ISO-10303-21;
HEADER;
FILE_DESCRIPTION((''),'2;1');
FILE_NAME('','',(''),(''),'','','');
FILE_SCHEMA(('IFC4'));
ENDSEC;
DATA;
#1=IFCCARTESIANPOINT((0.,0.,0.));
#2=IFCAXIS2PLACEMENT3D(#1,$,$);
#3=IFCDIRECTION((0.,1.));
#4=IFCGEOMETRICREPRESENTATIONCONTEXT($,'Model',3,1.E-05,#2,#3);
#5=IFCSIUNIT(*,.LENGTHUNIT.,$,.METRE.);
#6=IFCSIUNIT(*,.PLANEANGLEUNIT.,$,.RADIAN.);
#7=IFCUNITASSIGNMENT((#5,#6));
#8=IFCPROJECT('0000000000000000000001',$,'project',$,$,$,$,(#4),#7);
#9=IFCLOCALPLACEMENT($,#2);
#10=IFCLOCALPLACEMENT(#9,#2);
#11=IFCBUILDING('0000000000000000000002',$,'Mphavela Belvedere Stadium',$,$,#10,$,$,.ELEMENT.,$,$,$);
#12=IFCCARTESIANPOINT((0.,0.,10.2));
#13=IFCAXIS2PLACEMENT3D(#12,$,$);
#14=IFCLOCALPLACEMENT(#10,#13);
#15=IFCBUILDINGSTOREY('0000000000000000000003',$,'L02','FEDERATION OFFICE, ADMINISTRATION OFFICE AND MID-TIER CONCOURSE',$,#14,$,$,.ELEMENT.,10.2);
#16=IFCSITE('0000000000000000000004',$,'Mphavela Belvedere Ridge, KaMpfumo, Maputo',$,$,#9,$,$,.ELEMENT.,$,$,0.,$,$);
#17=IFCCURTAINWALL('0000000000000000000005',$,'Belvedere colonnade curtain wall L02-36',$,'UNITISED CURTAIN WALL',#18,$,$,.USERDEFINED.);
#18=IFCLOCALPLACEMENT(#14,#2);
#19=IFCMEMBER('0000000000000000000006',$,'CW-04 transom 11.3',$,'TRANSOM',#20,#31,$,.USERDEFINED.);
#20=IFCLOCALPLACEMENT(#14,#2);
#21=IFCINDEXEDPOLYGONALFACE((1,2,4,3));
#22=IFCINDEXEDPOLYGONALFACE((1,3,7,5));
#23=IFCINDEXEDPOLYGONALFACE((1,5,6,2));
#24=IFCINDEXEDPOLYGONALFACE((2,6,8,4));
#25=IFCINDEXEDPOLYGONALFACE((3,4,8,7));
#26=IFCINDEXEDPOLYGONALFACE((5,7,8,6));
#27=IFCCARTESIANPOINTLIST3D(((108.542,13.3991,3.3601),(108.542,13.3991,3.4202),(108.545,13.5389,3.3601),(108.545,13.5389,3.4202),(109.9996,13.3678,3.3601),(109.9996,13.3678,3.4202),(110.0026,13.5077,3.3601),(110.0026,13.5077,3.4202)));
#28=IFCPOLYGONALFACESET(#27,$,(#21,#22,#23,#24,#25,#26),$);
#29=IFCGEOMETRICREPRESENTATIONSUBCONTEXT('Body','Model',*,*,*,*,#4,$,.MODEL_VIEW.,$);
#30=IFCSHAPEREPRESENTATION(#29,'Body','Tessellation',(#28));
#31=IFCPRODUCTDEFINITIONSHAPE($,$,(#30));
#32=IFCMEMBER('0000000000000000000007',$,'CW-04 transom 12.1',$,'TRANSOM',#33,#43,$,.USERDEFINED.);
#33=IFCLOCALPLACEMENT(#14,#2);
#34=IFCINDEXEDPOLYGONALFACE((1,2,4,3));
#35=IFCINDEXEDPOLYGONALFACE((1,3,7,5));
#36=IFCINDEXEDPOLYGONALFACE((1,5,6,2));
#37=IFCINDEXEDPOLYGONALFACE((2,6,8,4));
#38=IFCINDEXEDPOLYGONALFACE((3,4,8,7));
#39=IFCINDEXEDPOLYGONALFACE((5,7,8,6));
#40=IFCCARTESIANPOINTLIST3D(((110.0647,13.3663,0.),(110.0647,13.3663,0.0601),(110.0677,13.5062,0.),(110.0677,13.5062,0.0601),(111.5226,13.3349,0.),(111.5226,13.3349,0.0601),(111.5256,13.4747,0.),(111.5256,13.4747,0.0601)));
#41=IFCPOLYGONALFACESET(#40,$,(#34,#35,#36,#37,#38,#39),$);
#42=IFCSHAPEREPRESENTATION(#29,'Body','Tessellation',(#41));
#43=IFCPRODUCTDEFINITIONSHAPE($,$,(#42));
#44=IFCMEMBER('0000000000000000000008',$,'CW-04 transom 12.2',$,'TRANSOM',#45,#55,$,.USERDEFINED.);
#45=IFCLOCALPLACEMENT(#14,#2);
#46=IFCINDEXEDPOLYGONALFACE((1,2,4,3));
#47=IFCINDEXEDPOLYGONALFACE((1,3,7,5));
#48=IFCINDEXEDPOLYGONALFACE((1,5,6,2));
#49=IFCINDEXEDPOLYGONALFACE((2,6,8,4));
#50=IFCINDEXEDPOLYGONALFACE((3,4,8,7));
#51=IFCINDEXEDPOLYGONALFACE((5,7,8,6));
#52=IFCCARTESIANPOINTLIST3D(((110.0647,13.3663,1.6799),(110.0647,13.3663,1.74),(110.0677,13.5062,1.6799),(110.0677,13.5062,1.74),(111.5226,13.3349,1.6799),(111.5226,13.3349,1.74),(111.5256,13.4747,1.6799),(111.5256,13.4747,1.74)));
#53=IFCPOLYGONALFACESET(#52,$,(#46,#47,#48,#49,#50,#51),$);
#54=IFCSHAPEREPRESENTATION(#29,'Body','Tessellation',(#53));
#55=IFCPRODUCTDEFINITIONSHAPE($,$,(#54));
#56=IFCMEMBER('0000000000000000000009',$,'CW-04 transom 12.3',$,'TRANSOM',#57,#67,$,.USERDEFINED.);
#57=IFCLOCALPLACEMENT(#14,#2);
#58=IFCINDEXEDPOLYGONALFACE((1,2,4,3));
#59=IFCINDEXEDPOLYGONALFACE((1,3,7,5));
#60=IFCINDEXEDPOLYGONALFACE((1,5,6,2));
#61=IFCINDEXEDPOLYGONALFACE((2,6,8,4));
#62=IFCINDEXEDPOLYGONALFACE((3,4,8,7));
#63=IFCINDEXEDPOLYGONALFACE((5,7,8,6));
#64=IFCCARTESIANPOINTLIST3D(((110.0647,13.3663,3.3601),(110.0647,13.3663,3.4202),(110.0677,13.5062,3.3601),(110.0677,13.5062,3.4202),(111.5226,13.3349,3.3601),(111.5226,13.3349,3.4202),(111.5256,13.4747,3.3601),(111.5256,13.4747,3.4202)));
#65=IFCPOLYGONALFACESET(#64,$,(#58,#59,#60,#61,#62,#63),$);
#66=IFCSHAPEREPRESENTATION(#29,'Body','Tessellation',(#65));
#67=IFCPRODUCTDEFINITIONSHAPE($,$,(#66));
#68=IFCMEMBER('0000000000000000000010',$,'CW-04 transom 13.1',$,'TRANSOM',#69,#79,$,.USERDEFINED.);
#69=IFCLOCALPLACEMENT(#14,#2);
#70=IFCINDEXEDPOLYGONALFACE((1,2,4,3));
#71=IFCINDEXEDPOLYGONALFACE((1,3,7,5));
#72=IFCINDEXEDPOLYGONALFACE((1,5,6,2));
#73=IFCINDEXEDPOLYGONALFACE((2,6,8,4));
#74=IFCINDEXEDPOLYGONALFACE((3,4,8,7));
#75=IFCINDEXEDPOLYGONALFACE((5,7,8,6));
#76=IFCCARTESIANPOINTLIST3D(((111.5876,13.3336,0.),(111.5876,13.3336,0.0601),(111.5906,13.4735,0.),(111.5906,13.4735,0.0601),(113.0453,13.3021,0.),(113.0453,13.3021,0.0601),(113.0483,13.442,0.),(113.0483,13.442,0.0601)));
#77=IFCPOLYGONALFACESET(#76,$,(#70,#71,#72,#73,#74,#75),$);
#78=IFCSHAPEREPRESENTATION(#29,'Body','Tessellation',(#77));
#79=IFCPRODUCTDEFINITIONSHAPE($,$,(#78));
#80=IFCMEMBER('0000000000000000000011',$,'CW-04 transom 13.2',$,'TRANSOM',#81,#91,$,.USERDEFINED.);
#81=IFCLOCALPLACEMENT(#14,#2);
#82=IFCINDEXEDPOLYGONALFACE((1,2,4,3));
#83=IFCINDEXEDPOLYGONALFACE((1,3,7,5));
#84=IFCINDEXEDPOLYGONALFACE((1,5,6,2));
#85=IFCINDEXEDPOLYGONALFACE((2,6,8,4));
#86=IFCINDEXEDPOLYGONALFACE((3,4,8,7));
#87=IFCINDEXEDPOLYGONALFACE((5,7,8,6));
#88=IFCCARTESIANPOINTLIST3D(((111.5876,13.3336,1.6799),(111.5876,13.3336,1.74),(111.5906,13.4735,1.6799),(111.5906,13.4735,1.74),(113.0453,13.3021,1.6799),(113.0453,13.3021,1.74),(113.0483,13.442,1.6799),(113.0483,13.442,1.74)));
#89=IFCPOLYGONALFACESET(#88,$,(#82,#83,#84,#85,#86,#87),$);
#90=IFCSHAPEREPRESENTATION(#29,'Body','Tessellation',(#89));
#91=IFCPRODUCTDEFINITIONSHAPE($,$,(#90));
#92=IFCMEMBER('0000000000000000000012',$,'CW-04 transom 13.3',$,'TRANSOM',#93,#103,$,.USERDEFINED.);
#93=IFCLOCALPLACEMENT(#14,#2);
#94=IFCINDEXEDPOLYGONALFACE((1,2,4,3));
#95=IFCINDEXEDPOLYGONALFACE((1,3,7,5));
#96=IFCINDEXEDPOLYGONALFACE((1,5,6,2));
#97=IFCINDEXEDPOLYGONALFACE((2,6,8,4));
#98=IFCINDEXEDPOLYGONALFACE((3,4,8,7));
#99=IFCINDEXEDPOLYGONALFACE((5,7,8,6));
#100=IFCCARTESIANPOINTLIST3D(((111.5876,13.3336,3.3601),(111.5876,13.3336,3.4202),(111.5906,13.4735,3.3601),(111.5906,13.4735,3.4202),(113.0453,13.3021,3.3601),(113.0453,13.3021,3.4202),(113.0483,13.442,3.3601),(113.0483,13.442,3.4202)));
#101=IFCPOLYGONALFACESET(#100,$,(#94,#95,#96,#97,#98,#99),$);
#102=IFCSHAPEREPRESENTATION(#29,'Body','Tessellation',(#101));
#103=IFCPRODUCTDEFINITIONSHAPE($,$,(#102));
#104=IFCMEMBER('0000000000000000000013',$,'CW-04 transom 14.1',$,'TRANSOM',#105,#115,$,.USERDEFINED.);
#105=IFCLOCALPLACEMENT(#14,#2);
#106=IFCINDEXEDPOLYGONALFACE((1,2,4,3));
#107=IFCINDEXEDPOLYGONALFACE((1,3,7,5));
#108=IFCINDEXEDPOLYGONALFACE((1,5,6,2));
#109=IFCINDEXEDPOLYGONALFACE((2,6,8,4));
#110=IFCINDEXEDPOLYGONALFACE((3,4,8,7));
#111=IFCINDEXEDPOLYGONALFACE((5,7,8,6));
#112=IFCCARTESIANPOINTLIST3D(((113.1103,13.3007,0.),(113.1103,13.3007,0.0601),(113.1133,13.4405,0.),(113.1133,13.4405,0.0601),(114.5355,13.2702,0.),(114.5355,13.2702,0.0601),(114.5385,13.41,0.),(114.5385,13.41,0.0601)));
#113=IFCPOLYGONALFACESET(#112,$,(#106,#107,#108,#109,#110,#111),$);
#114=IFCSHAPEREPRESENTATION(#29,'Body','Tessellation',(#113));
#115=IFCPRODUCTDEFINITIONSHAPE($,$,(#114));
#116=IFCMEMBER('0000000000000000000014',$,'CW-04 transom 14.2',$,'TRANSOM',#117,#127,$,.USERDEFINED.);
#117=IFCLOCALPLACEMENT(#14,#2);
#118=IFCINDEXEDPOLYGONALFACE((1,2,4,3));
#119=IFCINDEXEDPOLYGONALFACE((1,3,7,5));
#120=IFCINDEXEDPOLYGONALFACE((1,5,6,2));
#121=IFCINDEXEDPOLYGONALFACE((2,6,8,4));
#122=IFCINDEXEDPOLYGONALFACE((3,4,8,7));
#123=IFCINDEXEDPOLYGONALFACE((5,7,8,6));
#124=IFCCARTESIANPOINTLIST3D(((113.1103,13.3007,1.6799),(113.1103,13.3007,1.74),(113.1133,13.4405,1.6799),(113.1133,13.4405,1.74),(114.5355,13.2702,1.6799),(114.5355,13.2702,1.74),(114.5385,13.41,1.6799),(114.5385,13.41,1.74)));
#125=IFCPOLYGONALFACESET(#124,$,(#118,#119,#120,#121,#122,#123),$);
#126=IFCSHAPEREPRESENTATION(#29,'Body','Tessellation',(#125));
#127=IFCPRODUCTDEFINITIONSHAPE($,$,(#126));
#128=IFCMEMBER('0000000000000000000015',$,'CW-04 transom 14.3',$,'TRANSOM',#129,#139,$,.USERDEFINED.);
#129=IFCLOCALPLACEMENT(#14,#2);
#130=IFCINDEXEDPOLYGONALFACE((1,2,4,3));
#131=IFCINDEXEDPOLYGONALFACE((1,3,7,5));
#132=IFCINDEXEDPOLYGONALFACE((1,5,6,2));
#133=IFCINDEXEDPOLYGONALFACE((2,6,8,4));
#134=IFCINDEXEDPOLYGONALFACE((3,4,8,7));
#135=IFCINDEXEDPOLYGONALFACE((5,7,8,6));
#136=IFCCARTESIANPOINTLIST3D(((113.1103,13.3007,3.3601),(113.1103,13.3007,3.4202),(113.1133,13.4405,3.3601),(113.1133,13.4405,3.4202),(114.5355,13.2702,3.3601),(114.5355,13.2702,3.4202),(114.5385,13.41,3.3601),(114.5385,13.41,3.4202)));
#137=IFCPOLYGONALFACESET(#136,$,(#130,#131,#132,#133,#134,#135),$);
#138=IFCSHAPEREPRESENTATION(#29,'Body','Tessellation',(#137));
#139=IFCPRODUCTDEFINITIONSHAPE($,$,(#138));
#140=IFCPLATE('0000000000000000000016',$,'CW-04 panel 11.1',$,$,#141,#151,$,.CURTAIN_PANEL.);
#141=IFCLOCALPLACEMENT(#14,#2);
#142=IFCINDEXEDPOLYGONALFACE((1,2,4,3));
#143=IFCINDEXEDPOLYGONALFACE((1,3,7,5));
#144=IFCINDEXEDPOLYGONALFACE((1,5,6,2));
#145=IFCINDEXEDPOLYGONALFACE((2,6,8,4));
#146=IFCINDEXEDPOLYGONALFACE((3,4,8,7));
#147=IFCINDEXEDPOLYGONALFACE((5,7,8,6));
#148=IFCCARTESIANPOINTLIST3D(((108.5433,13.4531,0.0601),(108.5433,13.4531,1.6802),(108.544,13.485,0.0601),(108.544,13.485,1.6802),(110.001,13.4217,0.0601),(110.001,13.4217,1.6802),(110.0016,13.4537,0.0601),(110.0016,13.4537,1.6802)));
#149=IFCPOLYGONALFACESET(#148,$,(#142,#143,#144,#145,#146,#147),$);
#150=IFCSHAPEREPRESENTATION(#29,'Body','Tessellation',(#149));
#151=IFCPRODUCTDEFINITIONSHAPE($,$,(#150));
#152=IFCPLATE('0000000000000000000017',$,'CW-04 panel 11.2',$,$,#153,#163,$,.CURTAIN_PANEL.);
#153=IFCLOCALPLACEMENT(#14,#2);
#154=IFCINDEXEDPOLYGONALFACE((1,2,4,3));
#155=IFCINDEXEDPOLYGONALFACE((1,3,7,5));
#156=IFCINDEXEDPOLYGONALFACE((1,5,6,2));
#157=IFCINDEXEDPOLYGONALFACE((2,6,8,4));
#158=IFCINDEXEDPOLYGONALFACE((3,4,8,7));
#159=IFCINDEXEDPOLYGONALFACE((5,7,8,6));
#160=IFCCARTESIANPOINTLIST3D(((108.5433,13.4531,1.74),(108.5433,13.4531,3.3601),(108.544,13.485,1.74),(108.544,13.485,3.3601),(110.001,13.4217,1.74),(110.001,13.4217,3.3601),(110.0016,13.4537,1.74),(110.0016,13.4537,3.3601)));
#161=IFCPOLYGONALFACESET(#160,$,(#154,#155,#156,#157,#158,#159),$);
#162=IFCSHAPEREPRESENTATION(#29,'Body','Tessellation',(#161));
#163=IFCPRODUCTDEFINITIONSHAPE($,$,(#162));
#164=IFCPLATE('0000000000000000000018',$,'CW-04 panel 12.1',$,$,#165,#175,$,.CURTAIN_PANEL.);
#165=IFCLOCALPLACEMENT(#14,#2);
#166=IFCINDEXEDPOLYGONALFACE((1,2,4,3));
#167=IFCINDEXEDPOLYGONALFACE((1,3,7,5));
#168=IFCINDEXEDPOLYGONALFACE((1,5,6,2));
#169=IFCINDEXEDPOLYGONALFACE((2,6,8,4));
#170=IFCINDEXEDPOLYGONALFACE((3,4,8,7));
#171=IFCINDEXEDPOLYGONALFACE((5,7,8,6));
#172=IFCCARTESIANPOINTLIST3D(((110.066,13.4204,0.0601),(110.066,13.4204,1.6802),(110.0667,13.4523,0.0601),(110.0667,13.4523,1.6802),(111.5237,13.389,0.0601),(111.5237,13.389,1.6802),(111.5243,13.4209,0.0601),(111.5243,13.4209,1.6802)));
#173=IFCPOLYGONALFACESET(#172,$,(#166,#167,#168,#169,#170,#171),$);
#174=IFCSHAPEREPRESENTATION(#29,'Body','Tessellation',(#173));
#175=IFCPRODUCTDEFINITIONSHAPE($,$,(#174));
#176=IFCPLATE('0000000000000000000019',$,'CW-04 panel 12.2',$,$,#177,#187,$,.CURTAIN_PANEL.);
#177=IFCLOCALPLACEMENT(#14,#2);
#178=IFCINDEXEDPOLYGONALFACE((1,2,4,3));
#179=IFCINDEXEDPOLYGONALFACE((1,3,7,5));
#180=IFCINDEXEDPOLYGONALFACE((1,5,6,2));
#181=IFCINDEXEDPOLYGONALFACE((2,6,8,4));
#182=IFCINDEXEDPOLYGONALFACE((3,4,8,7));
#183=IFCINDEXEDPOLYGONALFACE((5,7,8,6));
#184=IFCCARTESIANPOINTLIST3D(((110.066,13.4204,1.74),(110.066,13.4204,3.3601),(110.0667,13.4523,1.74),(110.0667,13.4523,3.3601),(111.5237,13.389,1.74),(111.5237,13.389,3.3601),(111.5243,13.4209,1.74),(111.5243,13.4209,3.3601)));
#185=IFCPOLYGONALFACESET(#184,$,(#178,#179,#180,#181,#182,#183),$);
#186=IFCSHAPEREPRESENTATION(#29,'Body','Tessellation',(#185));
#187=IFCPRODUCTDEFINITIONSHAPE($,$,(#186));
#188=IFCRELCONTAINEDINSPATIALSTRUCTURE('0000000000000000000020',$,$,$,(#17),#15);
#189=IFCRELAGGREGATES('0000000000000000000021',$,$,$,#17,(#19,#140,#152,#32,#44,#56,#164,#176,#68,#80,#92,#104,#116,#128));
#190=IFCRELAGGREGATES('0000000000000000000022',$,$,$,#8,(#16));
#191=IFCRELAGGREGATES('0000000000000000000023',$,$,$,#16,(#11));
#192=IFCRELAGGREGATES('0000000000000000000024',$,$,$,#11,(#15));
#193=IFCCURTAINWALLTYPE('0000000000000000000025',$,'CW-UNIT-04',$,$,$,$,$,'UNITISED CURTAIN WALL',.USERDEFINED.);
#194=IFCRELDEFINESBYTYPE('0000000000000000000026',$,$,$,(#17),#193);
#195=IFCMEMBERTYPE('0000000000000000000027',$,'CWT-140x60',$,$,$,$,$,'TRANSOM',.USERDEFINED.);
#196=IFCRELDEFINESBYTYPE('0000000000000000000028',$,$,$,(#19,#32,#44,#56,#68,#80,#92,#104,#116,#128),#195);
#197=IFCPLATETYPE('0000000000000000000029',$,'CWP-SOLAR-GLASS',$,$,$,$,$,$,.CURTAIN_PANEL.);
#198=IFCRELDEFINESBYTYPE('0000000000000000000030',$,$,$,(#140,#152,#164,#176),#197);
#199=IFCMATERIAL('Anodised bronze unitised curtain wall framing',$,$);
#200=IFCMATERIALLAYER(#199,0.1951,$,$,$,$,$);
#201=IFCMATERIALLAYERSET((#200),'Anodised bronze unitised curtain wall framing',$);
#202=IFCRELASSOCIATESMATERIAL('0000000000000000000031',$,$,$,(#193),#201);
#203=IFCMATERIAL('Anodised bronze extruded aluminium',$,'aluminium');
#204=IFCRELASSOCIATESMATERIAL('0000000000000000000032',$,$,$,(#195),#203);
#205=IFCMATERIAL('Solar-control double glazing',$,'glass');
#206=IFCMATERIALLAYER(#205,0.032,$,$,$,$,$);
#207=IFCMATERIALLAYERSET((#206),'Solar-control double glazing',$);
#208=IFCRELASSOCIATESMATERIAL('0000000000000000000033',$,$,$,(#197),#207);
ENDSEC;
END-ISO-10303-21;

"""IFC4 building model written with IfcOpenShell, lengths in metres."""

from ifc_helpers import new_model, si_unit, direction, frame, origin, origin_2d, place, context, subcontext, project, spatial, rectangle, extrude, material, layer, layer_set, material_profile, profile_set, type_object, element, aggregate, save


model = new_model("IFC4")

# Units and contexts
model_context = context("Model", 3, precision=1e-05, world=origin(), true_north=direction((0.0, 1.0)))
body_context = subcontext(model_context, "Body", "Model", "MODEL_VIEW")
ifc_project = project(units=[si_unit("LENGTHUNIT", "METRE"), si_unit("PLANEANGLEUNIT", "RADIAN")], contexts=[model_context])

# Site, building, storey
site_placement = place(None, origin())
site = spatial("IfcSite", under=ifc_project, at=site_placement, Name="Mphavela Belvedere Ridge, KaMpfumo, Maputo", CompositionType="ELEMENT", RefElevation=0.0)
building_placement = place(site_placement, origin())
building = spatial("IfcBuilding", under=site, at=building_placement, Name="Mphavela Belvedere Stadium", CompositionType="ELEMENT")
storey_placement = place(building_placement, frame((0.0, 0.0, 10.2)))
storey = spatial("IfcBuildingStorey", under=building, at=storey_placement, Name="L02", Description="FEDERATION OFFICE, ADMINISTRATION OFFICE AND MID-TIER CONCOURSE", CompositionType="ELEMENT", Elevation=10.2)

# Curtain wall, members, plates
ifc_material_1 = material(Name="Anodised bronze unitised curtain wall framing")
ifc_layer_1 = layer(ifc_material_1, 0.1951)
ifc_layer_set_1 = layer_set([ifc_layer_1], Name="Anodised bronze unitised curtain wall framing")
curtain_wall_type = type_object("IfcCurtainWallType", Name="CW-UNIT-04", ElementType="UNITISED CURTAIN WALL", PredefinedType="USERDEFINED", material=ifc_layer_set_1)
curtain_wall_placement = place(storey_placement, origin())
curtain_wall = element("IfcCurtainWall", 1, at=curtain_wall_placement, inside=storey, type_object=curtain_wall_type, Name="Belvedere colonnade curtain wall L02-36", ObjectType="UNITISED CURTAIN WALL", PredefinedType="USERDEFINED")
ifc_material_2 = material(Name="Anodised bronze extruded aluminium", Category="aluminium")
ifc_material_profile_1 = material_profile(ifc_material_2, rectangle(XDim=0.1399, YDim=0.0601, at=origin_2d()), Name="CW-TRN 140x60")
ifc_profile_set_1 = profile_set([ifc_material_profile_1], Name="Anodised bronze extruded aluminium")
member_type_1 = type_object("IfcMemberType", Name="CWT-140x60", ElementType="TRANSOM", PredefinedType="USERDEFINED", material=ifc_profile_set_1)
member_1_placement = place(storey_placement, frame((108.5435, 13.469, 3.3901), z_axis=(0.99977, -0.021432, 0.0), x_axis=(0.021432, 0.99977, 0.0)))
member_1 = element("IfcMember", 2, at=member_1_placement, type_object=member_type_1, Name="CW-04 transom 11.3", ObjectType="TRANSOM", PredefinedType="USERDEFINED", context=body_context, shape_type="SweptSolid", body=[
    extrude(rectangle(XDim=0.1399, YDim=0.0601, at=origin_2d()), origin(), (0.0, 0.0, 1.0), 1.458),
])
member_2_placement = place(storey_placement, frame((110.0662, 13.4363, 0.03), z_axis=(0.999767, -0.021596, 0.0), x_axis=(0.021596, 0.999767, 0.0)))
member_2 = element("IfcMember", 3, at=member_2_placement, type_object=member_type_1, Name="CW-04 transom 12.1", ObjectType="TRANSOM", PredefinedType="USERDEFINED", context=body_context, shape_type="SweptSolid", body=[
    extrude(rectangle(XDim=0.1399, YDim=0.0601, at=origin_2d()), origin(), (0.0, 0.0, 1.0), 1.4583),
])
member_3_placement = place(storey_placement, frame((110.0662, 13.4363, 1.71), z_axis=(0.999767, -0.021596, 0.0), x_axis=(0.021596, 0.999767, 0.0)))
member_3 = element("IfcMember", 4, at=member_3_placement, type_object=member_type_1, Name="CW-04 transom 12.2", ObjectType="TRANSOM", PredefinedType="USERDEFINED", context=body_context, shape_type="SweptSolid", body=[
    extrude(rectangle(XDim=0.1399, YDim=0.0601, at=origin_2d()), origin(), (0.0, 0.0, 1.0), 1.4583),
])
member_4_placement = place(storey_placement, frame((110.0662, 13.4363, 3.3901), z_axis=(0.999767, -0.021596, 0.0), x_axis=(0.021596, 0.999767, 0.0)))
member_4 = element("IfcMember", 5, at=member_4_placement, type_object=member_type_1, Name="CW-04 transom 12.3", ObjectType="TRANSOM", PredefinedType="USERDEFINED", context=body_context, shape_type="SweptSolid", body=[
    extrude(rectangle(XDim=0.1399, YDim=0.0601, at=origin_2d()), origin(), (0.0, 0.0, 1.0), 1.4583),
])
member_5_placement = place(storey_placement, frame((111.5891, 13.4036, 0.03), z_axis=(0.999767, -0.021599, 0.0), x_axis=(0.021599, 0.999767, 0.0)))
member_5 = element("IfcMember", 6, at=member_5_placement, type_object=member_type_1, Name="CW-04 transom 13.1", ObjectType="TRANSOM", PredefinedType="USERDEFINED", context=body_context, shape_type="SweptSolid", body=[
    extrude(rectangle(XDim=0.1399, YDim=0.0601, at=origin_2d()), origin(), (0.0, 0.0, 1.0), 1.458),
])
member_6_placement = place(storey_placement, frame((111.5891, 13.4036, 1.71), z_axis=(0.999767, -0.021599, 0.0), x_axis=(0.021599, 0.999767, 0.0)))
member_6 = element("IfcMember", 7, at=member_6_placement, type_object=member_type_1, Name="CW-04 transom 13.2", ObjectType="TRANSOM", PredefinedType="USERDEFINED", context=body_context, shape_type="SweptSolid", body=[
    extrude(rectangle(XDim=0.1399, YDim=0.0601, at=origin_2d()), origin(), (0.0, 0.0, 1.0), 1.458),
])
member_7_placement = place(storey_placement, frame((111.5891, 13.4036, 3.3901), z_axis=(0.999767, -0.021599, 0.0), x_axis=(0.021599, 0.999767, 0.0)))
member_7 = element("IfcMember", 8, at=member_7_placement, type_object=member_type_1, Name="CW-04 transom 13.3", ObjectType="TRANSOM", PredefinedType="USERDEFINED", context=body_context, shape_type="SweptSolid", body=[
    extrude(rectangle(XDim=0.1399, YDim=0.0601, at=origin_2d()), origin(), (0.0, 0.0, 1.0), 1.458),
])
member_8_placement = place(storey_placement, frame((113.1118, 13.3706, 0.03), z_axis=(0.999771, -0.021407, 0.0), x_axis=(0.021407, 0.999771, 0.0)))
member_8 = element("IfcMember", 9, at=member_8_placement, type_object=member_type_1, Name="CW-04 transom 14.1", ObjectType="TRANSOM", PredefinedType="USERDEFINED", context=body_context, shape_type="SweptSolid", body=[
    extrude(rectangle(XDim=0.1399, YDim=0.0601, at=origin_2d()), origin(), (0.0, 0.0, 1.0), 1.4255),
])
member_9_placement = place(storey_placement, frame((113.1118, 13.3706, 1.71), z_axis=(0.999771, -0.021407, 0.0), x_axis=(0.021407, 0.999771, 0.0)))
member_9 = element("IfcMember", 10, at=member_9_placement, type_object=member_type_1, Name="CW-04 transom 14.2", ObjectType="TRANSOM", PredefinedType="USERDEFINED", context=body_context, shape_type="SweptSolid", body=[
    extrude(rectangle(XDim=0.1399, YDim=0.0601, at=origin_2d()), origin(), (0.0, 0.0, 1.0), 1.4255),
])
member_10_placement = place(storey_placement, frame((113.1118, 13.3706, 3.3901), z_axis=(0.999771, -0.021407, 0.0), x_axis=(0.021407, 0.999771, 0.0)))
member_10 = element("IfcMember", 11, at=member_10_placement, type_object=member_type_1, Name="CW-04 transom 14.3", ObjectType="TRANSOM", PredefinedType="USERDEFINED", context=body_context, shape_type="SweptSolid", body=[
    extrude(rectangle(XDim=0.1399, YDim=0.0601, at=origin_2d()), origin(), (0.0, 0.0, 1.0), 1.4255),
])
ifc_material_3 = material(Name="Solar-control double glazing", Category="glass")
ifc_layer_2 = layer(ifc_material_3, 0.032)
ifc_layer_set_2 = layer_set([ifc_layer_2], Name="Solar-control double glazing")
plate_type = type_object("IfcPlateType", Name="CWP-SOLAR-GLASS", PredefinedType="CURTAIN_PANEL", material=ifc_layer_set_2)
plate_1_placement = place(storey_placement, frame((109.2725, 13.4534, 0.0601), z_axis=(0.0, 0.0, 1.0), x_axis=(0.999768, -0.021525, 0.0)))
plate_1 = element("IfcPlate", 12, at=plate_1_placement, type_object=plate_type, Name="CW-04 panel 11.1", PredefinedType="CURTAIN_PANEL", context=body_context, shape_type="SweptSolid", body=[
    extrude(rectangle(XDim=1.458, YDim=0.032, at=origin_2d()), origin(), (0.0, 0.0, 1.0), 1.6201),
])
plate_2_placement = place(storey_placement, frame((109.2725, 13.4534, 1.74), z_axis=(0.0, 0.0, 1.0), x_axis=(0.999768, -0.021525, 0.0)))
plate_2 = element("IfcPlate", 13, at=plate_2_placement, type_object=plate_type, Name="CW-04 panel 11.2", PredefinedType="CURTAIN_PANEL", context=body_context, shape_type="SweptSolid", body=[
    extrude(rectangle(XDim=1.458, YDim=0.032, at=origin_2d()), origin(), (0.0, 0.0, 1.0), 1.6201),
])
plate_3_placement = place(storey_placement, frame((110.7952, 13.4207, 0.0601), z_axis=(0.0, 0.0, 1.0), x_axis=(0.999768, -0.021525, 0.0)))
plate_3 = element("IfcPlate", 14, at=plate_3_placement, type_object=plate_type, Name="CW-04 panel 12.1", PredefinedType="CURTAIN_PANEL", context=body_context, shape_type="SweptSolid", body=[
    extrude(rectangle(XDim=1.458, YDim=0.032, at=origin_2d()), origin(), (0.0, 0.0, 1.0), 1.6201),
])
plate_4_placement = place(storey_placement, frame((110.7952, 13.4207, 1.74), z_axis=(0.0, 0.0, 1.0), x_axis=(0.999768, -0.021525, 0.0)))
plate_4 = element("IfcPlate", 15, at=plate_4_placement, type_object=plate_type, Name="CW-04 panel 12.2", PredefinedType="CURTAIN_PANEL", context=body_context, shape_type="SweptSolid", body=[
    extrude(rectangle(XDim=1.458, YDim=0.032, at=origin_2d()), origin(), (0.0, 0.0, 1.0), 1.6201),
])
aggregate(curtain_wall, [member_1, plate_1, plate_2, member_2, member_3, member_4, plate_3, plate_4, member_5, member_6, member_7, member_8, member_9, member_10])

save(model, "model.ifc")
